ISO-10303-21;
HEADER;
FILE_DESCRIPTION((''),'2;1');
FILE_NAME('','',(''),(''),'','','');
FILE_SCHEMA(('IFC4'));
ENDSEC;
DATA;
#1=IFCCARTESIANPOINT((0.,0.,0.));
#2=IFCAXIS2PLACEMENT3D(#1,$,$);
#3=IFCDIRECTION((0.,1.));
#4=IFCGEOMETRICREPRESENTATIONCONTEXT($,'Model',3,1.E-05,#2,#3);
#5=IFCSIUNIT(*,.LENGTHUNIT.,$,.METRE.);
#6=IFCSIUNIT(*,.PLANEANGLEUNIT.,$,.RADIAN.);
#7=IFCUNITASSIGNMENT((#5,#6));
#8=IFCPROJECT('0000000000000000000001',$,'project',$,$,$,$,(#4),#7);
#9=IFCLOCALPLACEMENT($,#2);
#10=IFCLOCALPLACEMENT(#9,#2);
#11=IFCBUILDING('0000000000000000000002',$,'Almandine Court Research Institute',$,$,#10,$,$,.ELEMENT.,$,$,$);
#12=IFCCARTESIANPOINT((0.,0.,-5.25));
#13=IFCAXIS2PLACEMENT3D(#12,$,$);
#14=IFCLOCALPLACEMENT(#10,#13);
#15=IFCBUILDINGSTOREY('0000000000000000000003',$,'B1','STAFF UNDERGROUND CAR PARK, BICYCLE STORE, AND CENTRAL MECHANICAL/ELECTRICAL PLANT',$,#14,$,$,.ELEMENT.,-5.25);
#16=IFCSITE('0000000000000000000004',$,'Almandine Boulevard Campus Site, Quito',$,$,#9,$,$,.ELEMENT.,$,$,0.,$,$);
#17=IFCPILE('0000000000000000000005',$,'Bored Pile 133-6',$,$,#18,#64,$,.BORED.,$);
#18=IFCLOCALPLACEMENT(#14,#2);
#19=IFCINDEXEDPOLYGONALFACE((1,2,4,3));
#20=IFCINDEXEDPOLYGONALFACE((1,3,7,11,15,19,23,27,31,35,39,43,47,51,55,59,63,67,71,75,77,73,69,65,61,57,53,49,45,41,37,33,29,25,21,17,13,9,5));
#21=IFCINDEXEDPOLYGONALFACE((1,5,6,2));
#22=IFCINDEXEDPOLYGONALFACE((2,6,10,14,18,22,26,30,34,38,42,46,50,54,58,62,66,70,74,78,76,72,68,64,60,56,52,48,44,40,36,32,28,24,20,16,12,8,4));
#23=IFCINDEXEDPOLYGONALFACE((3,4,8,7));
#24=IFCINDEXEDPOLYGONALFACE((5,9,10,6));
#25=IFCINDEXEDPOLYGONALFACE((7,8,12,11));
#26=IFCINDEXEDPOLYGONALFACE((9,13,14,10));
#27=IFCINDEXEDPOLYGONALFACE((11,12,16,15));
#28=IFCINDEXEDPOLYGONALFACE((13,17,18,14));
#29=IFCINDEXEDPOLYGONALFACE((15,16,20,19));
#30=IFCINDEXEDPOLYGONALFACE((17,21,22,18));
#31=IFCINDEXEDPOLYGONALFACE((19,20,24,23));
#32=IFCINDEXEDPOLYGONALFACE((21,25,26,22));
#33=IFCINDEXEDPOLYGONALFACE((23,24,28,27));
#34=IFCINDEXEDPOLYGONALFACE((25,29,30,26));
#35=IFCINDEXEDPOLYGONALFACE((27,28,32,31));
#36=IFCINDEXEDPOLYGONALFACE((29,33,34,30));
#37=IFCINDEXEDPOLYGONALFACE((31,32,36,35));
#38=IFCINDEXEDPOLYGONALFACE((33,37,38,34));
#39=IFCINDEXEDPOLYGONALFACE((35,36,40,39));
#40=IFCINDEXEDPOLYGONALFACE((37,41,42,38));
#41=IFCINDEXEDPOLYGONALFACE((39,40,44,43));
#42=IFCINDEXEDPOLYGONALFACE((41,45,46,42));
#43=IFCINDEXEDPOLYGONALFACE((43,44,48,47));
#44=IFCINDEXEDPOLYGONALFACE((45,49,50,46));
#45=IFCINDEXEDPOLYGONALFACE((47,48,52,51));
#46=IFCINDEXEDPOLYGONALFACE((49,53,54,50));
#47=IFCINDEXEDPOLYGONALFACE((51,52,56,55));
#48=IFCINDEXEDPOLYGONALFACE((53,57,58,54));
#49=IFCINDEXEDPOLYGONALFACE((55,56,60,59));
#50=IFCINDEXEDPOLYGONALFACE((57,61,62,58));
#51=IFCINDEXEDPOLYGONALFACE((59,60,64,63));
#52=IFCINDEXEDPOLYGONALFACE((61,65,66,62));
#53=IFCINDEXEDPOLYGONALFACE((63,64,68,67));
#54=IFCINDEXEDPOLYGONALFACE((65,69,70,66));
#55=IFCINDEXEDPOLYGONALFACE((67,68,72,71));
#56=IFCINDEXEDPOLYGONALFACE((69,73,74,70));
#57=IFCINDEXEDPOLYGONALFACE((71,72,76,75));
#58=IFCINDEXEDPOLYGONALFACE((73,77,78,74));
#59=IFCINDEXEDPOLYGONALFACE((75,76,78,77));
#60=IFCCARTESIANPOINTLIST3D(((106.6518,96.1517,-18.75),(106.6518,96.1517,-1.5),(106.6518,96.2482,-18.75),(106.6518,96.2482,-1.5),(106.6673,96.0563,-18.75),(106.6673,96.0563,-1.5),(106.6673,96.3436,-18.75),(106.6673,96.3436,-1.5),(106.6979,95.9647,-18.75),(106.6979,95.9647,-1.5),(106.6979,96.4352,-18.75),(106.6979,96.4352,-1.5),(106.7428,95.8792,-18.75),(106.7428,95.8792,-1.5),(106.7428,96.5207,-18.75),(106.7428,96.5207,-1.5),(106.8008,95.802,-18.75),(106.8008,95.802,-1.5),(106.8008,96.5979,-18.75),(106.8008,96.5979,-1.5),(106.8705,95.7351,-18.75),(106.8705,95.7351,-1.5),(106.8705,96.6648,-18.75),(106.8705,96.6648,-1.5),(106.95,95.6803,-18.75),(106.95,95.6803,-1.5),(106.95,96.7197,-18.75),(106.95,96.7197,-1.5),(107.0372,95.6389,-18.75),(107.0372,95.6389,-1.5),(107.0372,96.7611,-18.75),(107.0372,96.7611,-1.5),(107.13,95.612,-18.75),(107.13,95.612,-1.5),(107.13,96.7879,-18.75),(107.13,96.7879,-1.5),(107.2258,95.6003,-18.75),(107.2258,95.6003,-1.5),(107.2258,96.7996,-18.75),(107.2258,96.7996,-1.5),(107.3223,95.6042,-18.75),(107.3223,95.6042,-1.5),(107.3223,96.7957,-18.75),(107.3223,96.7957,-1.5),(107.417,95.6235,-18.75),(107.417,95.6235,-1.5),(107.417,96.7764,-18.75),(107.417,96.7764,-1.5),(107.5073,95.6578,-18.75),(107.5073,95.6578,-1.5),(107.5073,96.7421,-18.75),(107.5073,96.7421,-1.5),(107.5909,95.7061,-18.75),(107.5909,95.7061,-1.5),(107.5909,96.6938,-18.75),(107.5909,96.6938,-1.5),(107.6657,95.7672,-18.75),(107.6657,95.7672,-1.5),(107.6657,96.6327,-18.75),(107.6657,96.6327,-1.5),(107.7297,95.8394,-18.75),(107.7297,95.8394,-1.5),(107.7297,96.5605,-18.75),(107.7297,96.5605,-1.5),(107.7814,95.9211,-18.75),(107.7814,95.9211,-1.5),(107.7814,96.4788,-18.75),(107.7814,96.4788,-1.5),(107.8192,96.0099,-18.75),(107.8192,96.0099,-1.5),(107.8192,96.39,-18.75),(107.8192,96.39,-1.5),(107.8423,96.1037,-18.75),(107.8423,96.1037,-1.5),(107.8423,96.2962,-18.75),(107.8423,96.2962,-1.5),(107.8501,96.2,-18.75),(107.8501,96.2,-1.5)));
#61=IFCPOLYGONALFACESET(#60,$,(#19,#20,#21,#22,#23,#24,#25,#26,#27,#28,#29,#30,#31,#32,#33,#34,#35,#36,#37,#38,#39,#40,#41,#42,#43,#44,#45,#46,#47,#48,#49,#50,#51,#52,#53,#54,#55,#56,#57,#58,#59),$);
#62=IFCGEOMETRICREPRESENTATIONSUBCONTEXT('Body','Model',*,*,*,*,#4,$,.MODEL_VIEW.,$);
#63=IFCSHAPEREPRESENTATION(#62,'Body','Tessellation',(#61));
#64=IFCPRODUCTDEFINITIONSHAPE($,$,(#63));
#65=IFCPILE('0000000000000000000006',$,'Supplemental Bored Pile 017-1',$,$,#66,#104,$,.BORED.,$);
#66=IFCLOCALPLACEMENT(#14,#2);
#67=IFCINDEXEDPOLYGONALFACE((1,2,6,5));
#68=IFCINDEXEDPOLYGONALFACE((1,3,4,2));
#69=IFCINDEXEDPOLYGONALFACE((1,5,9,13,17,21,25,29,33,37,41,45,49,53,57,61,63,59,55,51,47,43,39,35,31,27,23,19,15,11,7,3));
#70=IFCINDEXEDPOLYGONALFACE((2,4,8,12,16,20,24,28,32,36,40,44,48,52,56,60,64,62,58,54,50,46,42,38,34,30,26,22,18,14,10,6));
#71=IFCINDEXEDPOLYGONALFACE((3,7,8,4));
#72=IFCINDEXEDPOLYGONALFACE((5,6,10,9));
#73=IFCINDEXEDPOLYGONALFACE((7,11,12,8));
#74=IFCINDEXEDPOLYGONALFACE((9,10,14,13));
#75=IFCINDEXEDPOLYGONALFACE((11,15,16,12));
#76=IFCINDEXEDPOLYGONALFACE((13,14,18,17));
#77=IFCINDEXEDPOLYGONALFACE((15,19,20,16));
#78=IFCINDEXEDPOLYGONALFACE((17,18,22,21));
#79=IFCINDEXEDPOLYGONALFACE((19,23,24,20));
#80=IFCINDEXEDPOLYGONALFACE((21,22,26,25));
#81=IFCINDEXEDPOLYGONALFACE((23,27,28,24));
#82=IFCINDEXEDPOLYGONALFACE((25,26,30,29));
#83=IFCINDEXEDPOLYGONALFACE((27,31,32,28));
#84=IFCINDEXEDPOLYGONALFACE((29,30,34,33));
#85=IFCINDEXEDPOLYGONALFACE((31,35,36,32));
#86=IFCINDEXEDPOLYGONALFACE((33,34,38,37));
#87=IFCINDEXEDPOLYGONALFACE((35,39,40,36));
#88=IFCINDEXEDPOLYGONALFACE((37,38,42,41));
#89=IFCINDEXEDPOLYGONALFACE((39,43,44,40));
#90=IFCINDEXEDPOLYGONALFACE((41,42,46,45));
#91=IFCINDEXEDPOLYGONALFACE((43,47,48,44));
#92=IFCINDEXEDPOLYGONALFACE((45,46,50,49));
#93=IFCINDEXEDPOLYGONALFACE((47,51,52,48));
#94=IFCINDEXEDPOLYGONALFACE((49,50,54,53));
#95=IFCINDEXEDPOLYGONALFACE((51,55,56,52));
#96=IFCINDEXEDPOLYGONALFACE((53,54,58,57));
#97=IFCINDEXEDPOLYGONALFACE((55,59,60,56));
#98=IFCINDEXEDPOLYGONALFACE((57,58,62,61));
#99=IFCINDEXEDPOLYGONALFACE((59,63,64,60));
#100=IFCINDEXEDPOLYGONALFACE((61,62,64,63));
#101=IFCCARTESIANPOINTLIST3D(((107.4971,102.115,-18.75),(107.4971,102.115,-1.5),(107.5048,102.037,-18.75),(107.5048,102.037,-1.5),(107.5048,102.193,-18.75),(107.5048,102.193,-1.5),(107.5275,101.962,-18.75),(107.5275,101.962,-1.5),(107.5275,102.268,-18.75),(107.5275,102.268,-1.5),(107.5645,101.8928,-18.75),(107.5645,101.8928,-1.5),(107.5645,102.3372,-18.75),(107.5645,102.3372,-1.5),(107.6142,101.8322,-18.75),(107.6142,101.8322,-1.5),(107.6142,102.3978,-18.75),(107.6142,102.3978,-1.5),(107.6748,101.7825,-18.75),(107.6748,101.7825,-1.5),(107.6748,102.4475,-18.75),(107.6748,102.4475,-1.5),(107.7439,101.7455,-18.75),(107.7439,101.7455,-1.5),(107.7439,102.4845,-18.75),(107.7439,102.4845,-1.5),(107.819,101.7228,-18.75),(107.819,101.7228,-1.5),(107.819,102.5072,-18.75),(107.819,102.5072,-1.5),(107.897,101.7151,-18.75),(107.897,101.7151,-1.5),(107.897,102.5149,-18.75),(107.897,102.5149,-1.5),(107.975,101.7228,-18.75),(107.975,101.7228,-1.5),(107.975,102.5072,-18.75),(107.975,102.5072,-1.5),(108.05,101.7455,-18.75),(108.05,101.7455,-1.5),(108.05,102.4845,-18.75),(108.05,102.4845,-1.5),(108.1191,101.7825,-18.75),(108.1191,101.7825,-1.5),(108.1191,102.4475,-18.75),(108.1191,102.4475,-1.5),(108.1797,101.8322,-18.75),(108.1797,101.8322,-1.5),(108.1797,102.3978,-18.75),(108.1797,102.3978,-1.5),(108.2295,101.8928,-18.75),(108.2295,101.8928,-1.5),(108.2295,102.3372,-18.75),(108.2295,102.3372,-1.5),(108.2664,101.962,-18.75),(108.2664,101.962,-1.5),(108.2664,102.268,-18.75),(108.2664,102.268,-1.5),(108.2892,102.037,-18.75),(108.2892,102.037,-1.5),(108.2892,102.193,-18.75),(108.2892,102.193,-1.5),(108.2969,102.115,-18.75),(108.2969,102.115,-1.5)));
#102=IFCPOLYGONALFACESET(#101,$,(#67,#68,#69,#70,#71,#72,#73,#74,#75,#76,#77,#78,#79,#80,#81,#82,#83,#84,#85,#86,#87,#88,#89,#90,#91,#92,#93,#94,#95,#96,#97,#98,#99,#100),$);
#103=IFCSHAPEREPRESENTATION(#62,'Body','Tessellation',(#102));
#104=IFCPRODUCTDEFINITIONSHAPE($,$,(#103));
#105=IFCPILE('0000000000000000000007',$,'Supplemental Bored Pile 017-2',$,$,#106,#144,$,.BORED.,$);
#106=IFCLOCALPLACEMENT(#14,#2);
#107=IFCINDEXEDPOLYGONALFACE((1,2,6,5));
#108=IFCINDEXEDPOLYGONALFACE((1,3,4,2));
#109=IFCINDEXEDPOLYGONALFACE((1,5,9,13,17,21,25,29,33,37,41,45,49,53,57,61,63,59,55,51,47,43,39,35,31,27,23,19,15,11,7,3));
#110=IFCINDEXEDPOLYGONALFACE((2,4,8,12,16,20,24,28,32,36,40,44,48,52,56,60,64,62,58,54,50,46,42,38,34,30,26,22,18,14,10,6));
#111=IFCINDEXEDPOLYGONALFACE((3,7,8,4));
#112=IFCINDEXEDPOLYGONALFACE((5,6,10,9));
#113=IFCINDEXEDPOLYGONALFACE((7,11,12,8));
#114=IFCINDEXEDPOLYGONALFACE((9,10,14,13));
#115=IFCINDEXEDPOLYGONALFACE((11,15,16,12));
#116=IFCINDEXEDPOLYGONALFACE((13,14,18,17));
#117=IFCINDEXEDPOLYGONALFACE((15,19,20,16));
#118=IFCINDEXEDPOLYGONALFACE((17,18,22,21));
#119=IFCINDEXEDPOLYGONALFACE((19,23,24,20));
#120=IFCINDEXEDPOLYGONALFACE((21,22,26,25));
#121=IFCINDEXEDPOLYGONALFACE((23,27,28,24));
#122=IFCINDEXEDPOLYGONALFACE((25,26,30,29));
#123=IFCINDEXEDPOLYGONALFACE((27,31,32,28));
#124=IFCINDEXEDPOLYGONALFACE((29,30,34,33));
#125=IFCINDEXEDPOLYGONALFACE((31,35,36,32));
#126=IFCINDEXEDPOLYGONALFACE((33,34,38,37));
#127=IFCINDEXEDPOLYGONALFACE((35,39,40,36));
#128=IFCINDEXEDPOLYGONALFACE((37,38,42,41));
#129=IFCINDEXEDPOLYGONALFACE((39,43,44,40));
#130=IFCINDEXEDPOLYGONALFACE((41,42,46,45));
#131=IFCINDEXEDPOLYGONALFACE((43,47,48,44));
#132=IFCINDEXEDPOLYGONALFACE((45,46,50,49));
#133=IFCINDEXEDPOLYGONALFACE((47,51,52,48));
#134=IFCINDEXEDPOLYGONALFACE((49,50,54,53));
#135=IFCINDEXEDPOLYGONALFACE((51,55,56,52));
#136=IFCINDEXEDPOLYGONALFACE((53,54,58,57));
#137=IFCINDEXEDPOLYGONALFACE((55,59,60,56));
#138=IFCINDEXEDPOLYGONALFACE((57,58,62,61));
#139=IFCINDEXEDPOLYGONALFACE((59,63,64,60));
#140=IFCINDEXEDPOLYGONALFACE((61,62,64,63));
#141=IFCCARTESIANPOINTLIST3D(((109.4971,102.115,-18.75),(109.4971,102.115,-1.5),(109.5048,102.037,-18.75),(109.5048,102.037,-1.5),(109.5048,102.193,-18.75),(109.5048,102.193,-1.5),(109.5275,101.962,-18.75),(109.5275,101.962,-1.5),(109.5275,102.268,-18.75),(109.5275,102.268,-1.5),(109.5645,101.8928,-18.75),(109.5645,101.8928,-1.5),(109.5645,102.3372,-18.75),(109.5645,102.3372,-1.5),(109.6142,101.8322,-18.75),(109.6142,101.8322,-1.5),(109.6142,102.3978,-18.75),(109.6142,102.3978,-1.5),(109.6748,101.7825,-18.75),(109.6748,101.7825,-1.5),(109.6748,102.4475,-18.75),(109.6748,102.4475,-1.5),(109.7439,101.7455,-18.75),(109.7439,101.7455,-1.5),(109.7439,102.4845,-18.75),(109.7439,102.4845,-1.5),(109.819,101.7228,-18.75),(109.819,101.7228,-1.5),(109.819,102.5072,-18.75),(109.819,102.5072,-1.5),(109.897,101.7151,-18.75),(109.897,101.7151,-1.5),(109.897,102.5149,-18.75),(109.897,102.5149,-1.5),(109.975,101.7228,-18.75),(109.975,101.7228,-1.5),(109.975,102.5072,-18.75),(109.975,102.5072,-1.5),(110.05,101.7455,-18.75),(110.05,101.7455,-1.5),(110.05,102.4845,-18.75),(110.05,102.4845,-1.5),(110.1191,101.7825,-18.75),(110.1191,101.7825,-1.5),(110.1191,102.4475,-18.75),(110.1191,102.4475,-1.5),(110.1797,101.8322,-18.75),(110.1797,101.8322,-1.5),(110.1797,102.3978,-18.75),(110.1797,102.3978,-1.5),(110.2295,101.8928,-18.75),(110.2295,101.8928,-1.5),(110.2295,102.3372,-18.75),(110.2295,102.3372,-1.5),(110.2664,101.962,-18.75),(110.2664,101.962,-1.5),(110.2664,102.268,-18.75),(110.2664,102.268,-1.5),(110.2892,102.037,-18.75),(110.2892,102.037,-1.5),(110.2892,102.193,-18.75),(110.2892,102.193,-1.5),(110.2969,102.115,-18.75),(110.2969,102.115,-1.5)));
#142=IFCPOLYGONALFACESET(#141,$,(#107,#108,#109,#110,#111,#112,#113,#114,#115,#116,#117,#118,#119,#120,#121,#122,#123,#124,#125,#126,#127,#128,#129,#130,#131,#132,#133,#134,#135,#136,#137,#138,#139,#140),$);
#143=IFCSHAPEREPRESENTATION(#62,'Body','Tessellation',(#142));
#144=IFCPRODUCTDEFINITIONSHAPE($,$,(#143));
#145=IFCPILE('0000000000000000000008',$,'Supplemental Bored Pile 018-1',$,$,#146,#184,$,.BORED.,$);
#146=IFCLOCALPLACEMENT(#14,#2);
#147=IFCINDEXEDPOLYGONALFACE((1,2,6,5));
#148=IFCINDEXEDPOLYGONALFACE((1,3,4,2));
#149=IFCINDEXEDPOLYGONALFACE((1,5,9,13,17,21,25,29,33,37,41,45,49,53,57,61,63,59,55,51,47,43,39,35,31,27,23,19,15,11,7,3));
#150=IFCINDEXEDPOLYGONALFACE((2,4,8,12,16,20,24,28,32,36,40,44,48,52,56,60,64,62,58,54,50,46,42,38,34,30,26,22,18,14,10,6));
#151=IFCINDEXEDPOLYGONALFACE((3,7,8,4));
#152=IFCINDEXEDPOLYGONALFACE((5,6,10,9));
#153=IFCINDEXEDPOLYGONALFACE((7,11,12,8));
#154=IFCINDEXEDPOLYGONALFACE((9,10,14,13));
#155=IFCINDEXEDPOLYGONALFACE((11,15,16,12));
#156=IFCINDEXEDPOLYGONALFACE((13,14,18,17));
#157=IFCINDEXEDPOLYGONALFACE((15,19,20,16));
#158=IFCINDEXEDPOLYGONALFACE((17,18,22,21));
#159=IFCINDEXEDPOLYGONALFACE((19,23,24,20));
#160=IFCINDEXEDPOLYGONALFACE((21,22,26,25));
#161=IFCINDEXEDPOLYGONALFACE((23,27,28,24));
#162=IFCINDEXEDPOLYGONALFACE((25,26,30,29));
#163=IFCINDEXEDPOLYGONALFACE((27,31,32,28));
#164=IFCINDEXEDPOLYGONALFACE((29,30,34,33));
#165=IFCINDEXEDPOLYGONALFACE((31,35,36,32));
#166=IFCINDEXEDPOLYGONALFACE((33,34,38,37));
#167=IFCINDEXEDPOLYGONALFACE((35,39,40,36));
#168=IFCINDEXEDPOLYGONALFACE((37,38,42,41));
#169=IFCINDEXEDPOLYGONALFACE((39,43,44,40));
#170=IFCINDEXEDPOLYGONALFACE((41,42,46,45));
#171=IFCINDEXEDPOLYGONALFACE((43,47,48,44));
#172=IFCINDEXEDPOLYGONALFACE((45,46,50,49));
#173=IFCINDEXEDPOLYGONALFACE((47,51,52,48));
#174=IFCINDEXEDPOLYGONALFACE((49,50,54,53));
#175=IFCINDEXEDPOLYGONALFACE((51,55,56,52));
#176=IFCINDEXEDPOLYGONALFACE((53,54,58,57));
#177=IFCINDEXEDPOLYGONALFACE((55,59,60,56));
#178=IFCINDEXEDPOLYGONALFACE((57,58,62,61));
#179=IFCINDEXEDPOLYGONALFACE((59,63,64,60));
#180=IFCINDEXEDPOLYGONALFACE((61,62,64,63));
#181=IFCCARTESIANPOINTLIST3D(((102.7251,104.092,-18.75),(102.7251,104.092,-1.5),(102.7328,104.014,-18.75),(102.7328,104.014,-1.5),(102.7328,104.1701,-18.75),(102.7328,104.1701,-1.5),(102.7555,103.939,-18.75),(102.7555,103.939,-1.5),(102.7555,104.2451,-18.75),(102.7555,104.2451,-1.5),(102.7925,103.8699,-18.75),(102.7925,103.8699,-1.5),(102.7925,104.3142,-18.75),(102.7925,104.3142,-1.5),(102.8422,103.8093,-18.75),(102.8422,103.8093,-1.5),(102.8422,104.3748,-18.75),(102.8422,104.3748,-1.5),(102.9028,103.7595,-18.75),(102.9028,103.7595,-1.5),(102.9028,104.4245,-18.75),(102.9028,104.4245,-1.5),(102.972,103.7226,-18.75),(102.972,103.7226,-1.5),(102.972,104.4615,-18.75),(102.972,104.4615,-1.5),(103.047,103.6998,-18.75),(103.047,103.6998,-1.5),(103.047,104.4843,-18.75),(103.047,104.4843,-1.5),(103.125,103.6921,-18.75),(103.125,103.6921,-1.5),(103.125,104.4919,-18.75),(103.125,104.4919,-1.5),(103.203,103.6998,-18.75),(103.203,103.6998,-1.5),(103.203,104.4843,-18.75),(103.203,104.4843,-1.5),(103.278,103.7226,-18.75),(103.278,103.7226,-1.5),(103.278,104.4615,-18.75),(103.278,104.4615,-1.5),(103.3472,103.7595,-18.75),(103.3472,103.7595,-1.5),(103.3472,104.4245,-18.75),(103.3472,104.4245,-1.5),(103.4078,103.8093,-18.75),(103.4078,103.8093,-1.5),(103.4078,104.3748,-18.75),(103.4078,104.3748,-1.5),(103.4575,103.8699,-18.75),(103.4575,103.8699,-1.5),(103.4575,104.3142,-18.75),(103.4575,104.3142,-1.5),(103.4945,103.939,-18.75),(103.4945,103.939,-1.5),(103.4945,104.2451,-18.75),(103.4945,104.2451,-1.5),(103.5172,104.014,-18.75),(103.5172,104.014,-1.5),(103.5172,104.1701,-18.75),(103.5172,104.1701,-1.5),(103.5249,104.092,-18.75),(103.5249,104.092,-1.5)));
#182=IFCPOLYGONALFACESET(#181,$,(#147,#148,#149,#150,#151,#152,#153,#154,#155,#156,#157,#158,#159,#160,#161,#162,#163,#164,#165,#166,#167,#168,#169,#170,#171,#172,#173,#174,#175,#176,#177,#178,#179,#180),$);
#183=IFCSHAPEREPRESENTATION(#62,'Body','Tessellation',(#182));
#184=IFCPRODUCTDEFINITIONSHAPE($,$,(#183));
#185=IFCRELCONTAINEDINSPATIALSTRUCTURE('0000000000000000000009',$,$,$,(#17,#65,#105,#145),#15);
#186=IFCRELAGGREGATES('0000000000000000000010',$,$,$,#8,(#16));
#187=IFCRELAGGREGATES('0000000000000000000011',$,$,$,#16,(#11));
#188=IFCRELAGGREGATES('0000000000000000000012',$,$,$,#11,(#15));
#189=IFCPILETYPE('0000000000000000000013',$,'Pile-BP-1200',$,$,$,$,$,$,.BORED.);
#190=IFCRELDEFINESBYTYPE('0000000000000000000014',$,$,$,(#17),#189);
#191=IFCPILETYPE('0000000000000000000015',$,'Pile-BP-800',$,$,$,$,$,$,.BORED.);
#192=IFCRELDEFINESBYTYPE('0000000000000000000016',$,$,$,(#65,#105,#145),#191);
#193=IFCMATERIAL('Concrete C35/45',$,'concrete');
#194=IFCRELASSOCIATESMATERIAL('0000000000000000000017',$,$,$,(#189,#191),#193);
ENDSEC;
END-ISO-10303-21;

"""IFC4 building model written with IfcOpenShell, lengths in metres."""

from ifc_helpers import new_model, si_unit, direction, frame, origin, origin_2d, place, context, subcontext, project, spatial, circle, extrude, material, material_profile, profile_set, type_object, element, save


model = new_model("IFC4")

# Units and contexts
model_context = context("Model", 3, precision=1e-05, world=origin(), true_north=direction((0.0, 1.0)))
body_context = subcontext(model_context, "Body", "Model", "MODEL_VIEW")
ifc_project = project(units=[si_unit("LENGTHUNIT", "METRE"), si_unit("PLANEANGLEUNIT", "RADIAN")], contexts=[model_context])

# Site, building, storey
site_placement = place(None, origin())
site = spatial("IfcSite", under=ifc_project, at=site_placement, Name="Almandine Boulevard Campus Site, Quito", CompositionType="ELEMENT", RefElevation=0.0)
building_placement = place(site_placement, origin())
building = spatial("IfcBuilding", under=site, at=building_placement, Name="Almandine Court Research Institute", CompositionType="ELEMENT")
storey_placement = place(building_placement, frame((0.0, 0.0, -5.25)))
storey = spatial("IfcBuildingStorey", under=building, at=storey_placement, Name="B1", Description="STAFF UNDERGROUND CAR PARK, BICYCLE STORE, AND CENTRAL MECHANICAL/ELECTRICAL PLANT", CompositionType="ELEMENT", Elevation=-5.25)

# Shared definitions
ifc_material_1 = material(Name="Concrete C35/45", Category="concrete")

# Piles
ifc_material_profile_1 = material_profile(ifc_material_1, circle(Radius=0.6001, at=origin_2d()), Name="BORED PILE D1200")
ifc_profile_set_1 = profile_set([ifc_material_profile_1], Name="Concrete C35/45")
pile_type_1 = type_object("IfcPileType", Name="Pile-BP-1200", PredefinedType="BORED", material=ifc_profile_set_1)
for number, where, z_axis, x_axis, name in (
    (1, (107.25, 96.2, -1.5), (0.0, 0.0, -1.0), (1.0, 0.0, 0.0), "Bored Pile 133-6"),
):
    element("IfcPile", number, at=place(storey_placement, frame(where, z_axis=z_axis, x_axis=x_axis)), inside=storey, type_object=pile_type_1, Name=name, PredefinedType="BORED", context=body_context, shape_type="SweptSolid", body=[
        extrude(circle(Radius=0.6001, at=origin_2d()), origin(), (0.0, 0.0, 1.0), 17.25),
    ])
ifc_material_profile_2 = material_profile(ifc_material_1, circle(Radius=0.3999, at=origin_2d()), Name="BORED PILE D800")
ifc_profile_set_2 = profile_set([ifc_material_profile_2], Name="Concrete C35/45")
pile_type_2 = type_object("IfcPileType", Name="Pile-BP-800", PredefinedType="BORED", material=ifc_profile_set_2)
for number, where, z_axis, x_axis, name in (
    (2, (107.897, 102.115, -1.5), (0.0, 0.0, -1.0), (1.0, 0.0, 0.0), "Supplemental Bored Pile 017-1"),
    (3, (109.897, 102.115, -1.5), (0.0, 0.0, -1.0), (1.0, 0.0, 0.0), "Supplemental Bored Pile 017-2"),
    (4, (103.125, 104.092, -1.5), (0.0, 0.0, -1.0), (1.0, 0.0, 0.0), "Supplemental Bored Pile 018-1"),
):
    element("IfcPile", number, at=place(storey_placement, frame(where, z_axis=z_axis, x_axis=x_axis)), inside=storey, type_object=pile_type_2, Name=name, PredefinedType="BORED", context=body_context, shape_type="SweptSolid", body=[
        extrude(circle(Radius=0.3999, at=origin_2d()), origin(), (0.0, 0.0, 1.0), 17.25),
    ])

save(model, "model.ifc")
